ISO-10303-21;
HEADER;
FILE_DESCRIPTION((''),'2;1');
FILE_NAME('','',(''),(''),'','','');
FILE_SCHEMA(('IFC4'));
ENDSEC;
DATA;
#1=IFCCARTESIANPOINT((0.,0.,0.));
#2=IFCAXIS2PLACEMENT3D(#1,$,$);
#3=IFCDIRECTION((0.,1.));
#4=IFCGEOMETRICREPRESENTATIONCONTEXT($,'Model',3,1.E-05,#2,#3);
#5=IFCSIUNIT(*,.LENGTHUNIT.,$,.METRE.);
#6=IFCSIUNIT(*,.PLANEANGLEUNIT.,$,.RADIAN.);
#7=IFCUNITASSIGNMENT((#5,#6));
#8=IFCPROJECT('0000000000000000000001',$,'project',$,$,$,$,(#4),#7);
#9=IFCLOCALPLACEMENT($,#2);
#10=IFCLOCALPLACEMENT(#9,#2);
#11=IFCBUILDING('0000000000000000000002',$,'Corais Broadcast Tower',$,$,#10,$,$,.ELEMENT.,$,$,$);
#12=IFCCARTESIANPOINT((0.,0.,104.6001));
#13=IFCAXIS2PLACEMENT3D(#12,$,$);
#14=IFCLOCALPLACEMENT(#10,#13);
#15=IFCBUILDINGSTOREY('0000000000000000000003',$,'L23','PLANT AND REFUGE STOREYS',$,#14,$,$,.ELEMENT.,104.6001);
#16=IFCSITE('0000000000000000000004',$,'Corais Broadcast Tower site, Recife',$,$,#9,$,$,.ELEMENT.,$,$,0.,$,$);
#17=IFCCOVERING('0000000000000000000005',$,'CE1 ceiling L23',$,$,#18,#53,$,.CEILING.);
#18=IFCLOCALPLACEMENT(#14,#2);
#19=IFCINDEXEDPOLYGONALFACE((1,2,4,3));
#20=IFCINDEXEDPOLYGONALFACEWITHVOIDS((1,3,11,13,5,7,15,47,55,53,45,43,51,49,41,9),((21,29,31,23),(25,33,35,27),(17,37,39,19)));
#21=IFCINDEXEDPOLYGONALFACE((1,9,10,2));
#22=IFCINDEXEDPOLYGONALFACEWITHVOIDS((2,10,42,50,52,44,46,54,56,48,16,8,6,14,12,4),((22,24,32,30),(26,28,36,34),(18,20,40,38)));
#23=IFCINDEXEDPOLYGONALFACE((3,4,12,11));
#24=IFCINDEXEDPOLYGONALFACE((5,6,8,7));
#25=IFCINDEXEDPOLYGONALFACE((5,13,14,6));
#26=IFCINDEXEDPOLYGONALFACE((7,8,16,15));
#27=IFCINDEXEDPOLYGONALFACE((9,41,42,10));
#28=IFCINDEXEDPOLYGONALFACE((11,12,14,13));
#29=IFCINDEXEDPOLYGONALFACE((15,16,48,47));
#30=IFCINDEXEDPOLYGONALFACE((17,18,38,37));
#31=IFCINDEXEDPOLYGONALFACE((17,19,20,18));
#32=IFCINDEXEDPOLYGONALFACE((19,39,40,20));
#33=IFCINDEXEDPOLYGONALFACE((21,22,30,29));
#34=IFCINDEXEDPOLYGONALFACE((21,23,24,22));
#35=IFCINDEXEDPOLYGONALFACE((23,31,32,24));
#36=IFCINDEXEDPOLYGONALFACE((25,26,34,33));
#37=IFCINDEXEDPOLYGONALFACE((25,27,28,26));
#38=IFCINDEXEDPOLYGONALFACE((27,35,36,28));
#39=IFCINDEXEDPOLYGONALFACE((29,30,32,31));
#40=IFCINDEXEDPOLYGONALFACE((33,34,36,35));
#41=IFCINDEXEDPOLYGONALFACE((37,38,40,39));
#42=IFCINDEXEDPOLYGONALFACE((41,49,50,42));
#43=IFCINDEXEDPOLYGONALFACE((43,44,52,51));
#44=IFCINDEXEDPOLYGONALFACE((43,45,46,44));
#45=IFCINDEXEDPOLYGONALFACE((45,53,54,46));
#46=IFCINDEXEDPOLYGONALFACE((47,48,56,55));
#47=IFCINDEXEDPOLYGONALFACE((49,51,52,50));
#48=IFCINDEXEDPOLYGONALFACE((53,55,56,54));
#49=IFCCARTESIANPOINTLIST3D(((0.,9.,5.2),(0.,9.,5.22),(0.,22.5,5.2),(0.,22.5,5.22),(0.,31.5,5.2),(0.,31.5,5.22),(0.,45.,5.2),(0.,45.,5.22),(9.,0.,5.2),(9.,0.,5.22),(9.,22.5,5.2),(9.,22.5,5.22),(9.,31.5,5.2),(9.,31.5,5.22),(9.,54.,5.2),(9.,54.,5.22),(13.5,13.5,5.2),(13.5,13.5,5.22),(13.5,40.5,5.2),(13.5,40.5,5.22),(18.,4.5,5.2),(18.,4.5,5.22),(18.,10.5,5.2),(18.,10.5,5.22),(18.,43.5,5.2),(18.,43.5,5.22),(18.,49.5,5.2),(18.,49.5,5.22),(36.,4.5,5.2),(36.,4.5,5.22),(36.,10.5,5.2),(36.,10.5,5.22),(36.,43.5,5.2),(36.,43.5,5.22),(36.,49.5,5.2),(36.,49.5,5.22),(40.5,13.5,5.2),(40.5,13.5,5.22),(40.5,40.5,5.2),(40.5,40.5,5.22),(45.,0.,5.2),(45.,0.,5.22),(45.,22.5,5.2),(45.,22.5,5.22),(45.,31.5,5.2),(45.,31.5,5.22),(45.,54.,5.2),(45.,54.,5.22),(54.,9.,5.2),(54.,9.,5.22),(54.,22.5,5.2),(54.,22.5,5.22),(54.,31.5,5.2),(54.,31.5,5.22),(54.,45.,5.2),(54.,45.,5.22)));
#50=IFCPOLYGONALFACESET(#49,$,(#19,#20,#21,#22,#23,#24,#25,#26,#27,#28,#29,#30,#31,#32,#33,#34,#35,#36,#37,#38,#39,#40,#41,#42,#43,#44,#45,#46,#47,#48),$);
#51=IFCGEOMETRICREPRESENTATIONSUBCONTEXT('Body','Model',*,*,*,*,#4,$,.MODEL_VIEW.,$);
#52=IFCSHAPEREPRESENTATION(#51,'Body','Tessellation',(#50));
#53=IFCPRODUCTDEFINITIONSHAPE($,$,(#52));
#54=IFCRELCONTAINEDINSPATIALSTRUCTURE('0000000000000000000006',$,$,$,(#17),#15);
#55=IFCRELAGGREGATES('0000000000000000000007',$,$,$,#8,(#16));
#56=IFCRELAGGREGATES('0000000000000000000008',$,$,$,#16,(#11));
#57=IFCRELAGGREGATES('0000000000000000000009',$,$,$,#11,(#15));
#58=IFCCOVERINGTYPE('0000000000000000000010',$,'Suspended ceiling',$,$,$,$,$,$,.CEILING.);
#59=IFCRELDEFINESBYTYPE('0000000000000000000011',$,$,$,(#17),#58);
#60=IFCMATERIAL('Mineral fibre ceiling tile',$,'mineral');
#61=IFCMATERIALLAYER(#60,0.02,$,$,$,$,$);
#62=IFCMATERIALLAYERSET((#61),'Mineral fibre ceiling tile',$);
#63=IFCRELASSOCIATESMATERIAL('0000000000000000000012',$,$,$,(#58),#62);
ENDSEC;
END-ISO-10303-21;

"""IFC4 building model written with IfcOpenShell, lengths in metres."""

from ifc_helpers import new_model, si_unit, direction, frame, origin, place, context, subcontext, project, spatial, polyline, outline, extrude, material, layer, layer_set, type_object, element, save


model = new_model("IFC4")

# Units and contexts
model_context = context("Model", 3, precision=1e-05, world=origin(), true_north=direction((0.0, 1.0)))
body_context = subcontext(model_context, "Body", "Model", "MODEL_VIEW")
ifc_project = project(units=[si_unit("LENGTHUNIT", "METRE"), si_unit("PLANEANGLEUNIT", "RADIAN")], contexts=[model_context])

# Site, building, storey
site_placement = place(None, origin())
site = spatial("IfcSite", under=ifc_project, at=site_placement, Name="Corais Broadcast Tower site, Recife", CompositionType="ELEMENT", RefElevation=0.0)
building_placement = place(site_placement, origin())
building = spatial("IfcBuilding", under=site, at=building_placement, Name="Corais Broadcast Tower", CompositionType="ELEMENT")
storey_placement = place(building_placement, frame((0.0, 0.0, 104.6001)))
storey = spatial("IfcBuildingStorey", under=building, at=storey_placement, Name="L23", Description="PLANT AND REFUGE STOREYS", CompositionType="ELEMENT", Elevation=104.6001)

# Covering
ifc_material_1 = material(Name="Mineral fibre ceiling tile", Category="mineral")
ifc_layer_1 = layer(ifc_material_1, 0.02)
ifc_layer_set_1 = layer_set([ifc_layer_1], Name="Mineral fibre ceiling tile")
covering_type = type_object("IfcCoveringType", Name="Suspended ceiling", PredefinedType="CEILING", material=ifc_layer_set_1)
covering_placement = place(storey_placement, frame((0.0, 0.0, 5.2)))
element("IfcCovering", 1, at=covering_placement, inside=storey, type_object=covering_type, Name="CE1 ceiling L23", PredefinedType="CEILING", context=body_context, shape_type="SweptSolid", body=[
    extrude(outline(polyline([(0.0, 22.5), (9.0, 22.5), (9.0, 31.5), (0.0, 31.5), (0.0, 45.0), (9.0, 54.0), (45.0, 54.0), (54.0, 45.0), (54.0, 31.5), (45.0, 31.5), (45.0, 22.5), (54.0, 22.5), (54.0, 9.0), (45.0, 0.0), (9.0, 0.0), (0.0, 9.0), (0.0, 22.5)]), holes=[polyline([(13.5, 40.5), (13.5, 13.5), (40.5, 13.5), (40.5, 40.5), (13.5, 40.5)]), polyline([(18.0, 10.5), (18.0, 4.5), (36.0, 4.5), (36.0, 10.5), (18.0, 10.5)]), polyline([(36.0, 49.5), (18.0, 49.5), (18.0, 43.5), (36.0, 43.5), (36.0, 49.5)])]), origin(), (0.0, 0.0, 1.0), 0.02),
])

save(model, "model.ifc")
